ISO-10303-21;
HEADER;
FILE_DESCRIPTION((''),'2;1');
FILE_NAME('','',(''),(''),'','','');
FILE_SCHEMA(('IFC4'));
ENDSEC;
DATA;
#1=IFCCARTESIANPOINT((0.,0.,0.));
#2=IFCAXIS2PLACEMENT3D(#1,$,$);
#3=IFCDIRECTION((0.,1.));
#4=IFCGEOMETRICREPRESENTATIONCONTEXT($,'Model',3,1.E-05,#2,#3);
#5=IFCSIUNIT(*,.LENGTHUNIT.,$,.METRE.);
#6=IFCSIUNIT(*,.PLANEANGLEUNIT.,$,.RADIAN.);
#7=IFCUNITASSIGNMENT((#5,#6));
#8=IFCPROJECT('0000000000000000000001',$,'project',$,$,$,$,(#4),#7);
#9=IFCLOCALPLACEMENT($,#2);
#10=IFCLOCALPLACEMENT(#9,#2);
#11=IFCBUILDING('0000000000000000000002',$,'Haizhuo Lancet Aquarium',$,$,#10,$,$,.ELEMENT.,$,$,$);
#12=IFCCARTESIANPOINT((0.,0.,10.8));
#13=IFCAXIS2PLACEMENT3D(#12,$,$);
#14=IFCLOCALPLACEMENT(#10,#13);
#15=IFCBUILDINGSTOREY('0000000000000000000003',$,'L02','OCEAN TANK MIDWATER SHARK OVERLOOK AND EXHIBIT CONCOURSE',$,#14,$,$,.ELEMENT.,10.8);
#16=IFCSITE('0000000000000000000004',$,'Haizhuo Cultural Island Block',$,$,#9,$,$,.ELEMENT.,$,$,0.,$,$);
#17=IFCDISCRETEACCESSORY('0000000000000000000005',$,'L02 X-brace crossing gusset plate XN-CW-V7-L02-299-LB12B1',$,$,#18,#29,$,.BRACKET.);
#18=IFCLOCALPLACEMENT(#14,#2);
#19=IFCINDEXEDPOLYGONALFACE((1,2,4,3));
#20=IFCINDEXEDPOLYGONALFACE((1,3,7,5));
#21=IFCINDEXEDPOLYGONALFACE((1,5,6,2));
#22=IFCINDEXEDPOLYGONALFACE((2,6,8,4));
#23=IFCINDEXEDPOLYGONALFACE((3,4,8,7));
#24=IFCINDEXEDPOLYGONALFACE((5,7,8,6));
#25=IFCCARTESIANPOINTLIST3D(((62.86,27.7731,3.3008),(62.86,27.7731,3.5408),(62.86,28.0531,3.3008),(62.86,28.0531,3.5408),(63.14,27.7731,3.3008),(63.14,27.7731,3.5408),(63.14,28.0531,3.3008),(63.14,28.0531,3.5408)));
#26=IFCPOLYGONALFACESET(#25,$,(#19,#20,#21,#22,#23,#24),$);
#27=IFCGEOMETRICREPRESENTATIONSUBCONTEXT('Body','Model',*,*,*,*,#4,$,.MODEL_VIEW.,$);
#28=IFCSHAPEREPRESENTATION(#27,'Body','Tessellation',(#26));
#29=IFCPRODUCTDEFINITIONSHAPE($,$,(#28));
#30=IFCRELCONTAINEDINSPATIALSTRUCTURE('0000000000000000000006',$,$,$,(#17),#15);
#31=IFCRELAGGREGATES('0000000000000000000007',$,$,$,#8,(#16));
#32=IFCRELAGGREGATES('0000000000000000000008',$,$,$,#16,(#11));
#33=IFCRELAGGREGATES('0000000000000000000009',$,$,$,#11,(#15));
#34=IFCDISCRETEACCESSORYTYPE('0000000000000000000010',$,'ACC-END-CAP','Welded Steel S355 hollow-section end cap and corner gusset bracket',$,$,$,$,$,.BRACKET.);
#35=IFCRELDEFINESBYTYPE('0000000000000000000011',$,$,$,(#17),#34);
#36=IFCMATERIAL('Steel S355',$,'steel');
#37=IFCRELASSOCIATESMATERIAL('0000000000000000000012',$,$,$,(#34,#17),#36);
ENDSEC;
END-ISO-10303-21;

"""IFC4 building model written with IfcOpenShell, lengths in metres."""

from ifc_helpers import new_model, si_unit, direction, frame, origin, origin_2d, place, context, subcontext, project, spatial, rectangle, extrude, material, type_object, element, save


model = new_model("IFC4")

# Units and contexts
model_context = context("Model", 3, precision=1e-05, world=origin(), true_north=direction((0.0, 1.0)))
body_context = subcontext(model_context, "Body", "Model", "MODEL_VIEW")
ifc_project = project(units=[si_unit("LENGTHUNIT", "METRE"), si_unit("PLANEANGLEUNIT", "RADIAN")], contexts=[model_context])

# Site, building, storey
site_placement = place(None, origin())
site = spatial("IfcSite", under=ifc_project, at=site_placement, Name="Haizhuo Cultural Island Block", CompositionType="ELEMENT", RefElevation=0.0)
building_placement = place(site_placement, origin())
building = spatial("IfcBuilding", under=site, at=building_placement, Name="Haizhuo Lancet Aquarium", CompositionType="ELEMENT")
storey_placement = place(building_placement, frame((0.0, 0.0, 10.8)))
storey = spatial("IfcBuildingStorey", under=building, at=storey_placement, Name="L02", Description="OCEAN TANK MIDWATER SHARK OVERLOOK AND EXHIBIT CONCOURSE", CompositionType="ELEMENT", Elevation=10.8)

# Shared definitions
ifc_material_1 = material(Name="Steel S355", Category="steel")

# Discrete accessory
discrete_accessory_type = type_object("IfcDiscreteAccessoryType", Name="ACC-END-CAP", Description="Welded Steel S355 hollow-section end cap and corner gusset bracket", PredefinedType="BRACKET", material=ifc_material_1)
for number, where, z_axis, x_axis, name in (
    (1, (63.0, 27.9131, 3.3008), (0.0, 0.0, 1.0), (1.0, 0.0, 0.0), "L02 X-brace crossing gusset plate XN-CW-V7-L02-299-LB12B1"),
):
    element("IfcDiscreteAccessory", number, at=place(storey_placement, frame(where, z_axis=z_axis, x_axis=x_axis)), inside=storey, type_object=discrete_accessory_type, material=ifc_material_1, Name=name, PredefinedType="BRACKET", context=body_context, shape_type="SweptSolid", body=[
        extrude(rectangle(XDim=0.28, YDim=0.28, at=origin_2d()), origin(), (0.0, 0.0, 1.0), 0.24),
    ])

save(model, "model.ifc")
